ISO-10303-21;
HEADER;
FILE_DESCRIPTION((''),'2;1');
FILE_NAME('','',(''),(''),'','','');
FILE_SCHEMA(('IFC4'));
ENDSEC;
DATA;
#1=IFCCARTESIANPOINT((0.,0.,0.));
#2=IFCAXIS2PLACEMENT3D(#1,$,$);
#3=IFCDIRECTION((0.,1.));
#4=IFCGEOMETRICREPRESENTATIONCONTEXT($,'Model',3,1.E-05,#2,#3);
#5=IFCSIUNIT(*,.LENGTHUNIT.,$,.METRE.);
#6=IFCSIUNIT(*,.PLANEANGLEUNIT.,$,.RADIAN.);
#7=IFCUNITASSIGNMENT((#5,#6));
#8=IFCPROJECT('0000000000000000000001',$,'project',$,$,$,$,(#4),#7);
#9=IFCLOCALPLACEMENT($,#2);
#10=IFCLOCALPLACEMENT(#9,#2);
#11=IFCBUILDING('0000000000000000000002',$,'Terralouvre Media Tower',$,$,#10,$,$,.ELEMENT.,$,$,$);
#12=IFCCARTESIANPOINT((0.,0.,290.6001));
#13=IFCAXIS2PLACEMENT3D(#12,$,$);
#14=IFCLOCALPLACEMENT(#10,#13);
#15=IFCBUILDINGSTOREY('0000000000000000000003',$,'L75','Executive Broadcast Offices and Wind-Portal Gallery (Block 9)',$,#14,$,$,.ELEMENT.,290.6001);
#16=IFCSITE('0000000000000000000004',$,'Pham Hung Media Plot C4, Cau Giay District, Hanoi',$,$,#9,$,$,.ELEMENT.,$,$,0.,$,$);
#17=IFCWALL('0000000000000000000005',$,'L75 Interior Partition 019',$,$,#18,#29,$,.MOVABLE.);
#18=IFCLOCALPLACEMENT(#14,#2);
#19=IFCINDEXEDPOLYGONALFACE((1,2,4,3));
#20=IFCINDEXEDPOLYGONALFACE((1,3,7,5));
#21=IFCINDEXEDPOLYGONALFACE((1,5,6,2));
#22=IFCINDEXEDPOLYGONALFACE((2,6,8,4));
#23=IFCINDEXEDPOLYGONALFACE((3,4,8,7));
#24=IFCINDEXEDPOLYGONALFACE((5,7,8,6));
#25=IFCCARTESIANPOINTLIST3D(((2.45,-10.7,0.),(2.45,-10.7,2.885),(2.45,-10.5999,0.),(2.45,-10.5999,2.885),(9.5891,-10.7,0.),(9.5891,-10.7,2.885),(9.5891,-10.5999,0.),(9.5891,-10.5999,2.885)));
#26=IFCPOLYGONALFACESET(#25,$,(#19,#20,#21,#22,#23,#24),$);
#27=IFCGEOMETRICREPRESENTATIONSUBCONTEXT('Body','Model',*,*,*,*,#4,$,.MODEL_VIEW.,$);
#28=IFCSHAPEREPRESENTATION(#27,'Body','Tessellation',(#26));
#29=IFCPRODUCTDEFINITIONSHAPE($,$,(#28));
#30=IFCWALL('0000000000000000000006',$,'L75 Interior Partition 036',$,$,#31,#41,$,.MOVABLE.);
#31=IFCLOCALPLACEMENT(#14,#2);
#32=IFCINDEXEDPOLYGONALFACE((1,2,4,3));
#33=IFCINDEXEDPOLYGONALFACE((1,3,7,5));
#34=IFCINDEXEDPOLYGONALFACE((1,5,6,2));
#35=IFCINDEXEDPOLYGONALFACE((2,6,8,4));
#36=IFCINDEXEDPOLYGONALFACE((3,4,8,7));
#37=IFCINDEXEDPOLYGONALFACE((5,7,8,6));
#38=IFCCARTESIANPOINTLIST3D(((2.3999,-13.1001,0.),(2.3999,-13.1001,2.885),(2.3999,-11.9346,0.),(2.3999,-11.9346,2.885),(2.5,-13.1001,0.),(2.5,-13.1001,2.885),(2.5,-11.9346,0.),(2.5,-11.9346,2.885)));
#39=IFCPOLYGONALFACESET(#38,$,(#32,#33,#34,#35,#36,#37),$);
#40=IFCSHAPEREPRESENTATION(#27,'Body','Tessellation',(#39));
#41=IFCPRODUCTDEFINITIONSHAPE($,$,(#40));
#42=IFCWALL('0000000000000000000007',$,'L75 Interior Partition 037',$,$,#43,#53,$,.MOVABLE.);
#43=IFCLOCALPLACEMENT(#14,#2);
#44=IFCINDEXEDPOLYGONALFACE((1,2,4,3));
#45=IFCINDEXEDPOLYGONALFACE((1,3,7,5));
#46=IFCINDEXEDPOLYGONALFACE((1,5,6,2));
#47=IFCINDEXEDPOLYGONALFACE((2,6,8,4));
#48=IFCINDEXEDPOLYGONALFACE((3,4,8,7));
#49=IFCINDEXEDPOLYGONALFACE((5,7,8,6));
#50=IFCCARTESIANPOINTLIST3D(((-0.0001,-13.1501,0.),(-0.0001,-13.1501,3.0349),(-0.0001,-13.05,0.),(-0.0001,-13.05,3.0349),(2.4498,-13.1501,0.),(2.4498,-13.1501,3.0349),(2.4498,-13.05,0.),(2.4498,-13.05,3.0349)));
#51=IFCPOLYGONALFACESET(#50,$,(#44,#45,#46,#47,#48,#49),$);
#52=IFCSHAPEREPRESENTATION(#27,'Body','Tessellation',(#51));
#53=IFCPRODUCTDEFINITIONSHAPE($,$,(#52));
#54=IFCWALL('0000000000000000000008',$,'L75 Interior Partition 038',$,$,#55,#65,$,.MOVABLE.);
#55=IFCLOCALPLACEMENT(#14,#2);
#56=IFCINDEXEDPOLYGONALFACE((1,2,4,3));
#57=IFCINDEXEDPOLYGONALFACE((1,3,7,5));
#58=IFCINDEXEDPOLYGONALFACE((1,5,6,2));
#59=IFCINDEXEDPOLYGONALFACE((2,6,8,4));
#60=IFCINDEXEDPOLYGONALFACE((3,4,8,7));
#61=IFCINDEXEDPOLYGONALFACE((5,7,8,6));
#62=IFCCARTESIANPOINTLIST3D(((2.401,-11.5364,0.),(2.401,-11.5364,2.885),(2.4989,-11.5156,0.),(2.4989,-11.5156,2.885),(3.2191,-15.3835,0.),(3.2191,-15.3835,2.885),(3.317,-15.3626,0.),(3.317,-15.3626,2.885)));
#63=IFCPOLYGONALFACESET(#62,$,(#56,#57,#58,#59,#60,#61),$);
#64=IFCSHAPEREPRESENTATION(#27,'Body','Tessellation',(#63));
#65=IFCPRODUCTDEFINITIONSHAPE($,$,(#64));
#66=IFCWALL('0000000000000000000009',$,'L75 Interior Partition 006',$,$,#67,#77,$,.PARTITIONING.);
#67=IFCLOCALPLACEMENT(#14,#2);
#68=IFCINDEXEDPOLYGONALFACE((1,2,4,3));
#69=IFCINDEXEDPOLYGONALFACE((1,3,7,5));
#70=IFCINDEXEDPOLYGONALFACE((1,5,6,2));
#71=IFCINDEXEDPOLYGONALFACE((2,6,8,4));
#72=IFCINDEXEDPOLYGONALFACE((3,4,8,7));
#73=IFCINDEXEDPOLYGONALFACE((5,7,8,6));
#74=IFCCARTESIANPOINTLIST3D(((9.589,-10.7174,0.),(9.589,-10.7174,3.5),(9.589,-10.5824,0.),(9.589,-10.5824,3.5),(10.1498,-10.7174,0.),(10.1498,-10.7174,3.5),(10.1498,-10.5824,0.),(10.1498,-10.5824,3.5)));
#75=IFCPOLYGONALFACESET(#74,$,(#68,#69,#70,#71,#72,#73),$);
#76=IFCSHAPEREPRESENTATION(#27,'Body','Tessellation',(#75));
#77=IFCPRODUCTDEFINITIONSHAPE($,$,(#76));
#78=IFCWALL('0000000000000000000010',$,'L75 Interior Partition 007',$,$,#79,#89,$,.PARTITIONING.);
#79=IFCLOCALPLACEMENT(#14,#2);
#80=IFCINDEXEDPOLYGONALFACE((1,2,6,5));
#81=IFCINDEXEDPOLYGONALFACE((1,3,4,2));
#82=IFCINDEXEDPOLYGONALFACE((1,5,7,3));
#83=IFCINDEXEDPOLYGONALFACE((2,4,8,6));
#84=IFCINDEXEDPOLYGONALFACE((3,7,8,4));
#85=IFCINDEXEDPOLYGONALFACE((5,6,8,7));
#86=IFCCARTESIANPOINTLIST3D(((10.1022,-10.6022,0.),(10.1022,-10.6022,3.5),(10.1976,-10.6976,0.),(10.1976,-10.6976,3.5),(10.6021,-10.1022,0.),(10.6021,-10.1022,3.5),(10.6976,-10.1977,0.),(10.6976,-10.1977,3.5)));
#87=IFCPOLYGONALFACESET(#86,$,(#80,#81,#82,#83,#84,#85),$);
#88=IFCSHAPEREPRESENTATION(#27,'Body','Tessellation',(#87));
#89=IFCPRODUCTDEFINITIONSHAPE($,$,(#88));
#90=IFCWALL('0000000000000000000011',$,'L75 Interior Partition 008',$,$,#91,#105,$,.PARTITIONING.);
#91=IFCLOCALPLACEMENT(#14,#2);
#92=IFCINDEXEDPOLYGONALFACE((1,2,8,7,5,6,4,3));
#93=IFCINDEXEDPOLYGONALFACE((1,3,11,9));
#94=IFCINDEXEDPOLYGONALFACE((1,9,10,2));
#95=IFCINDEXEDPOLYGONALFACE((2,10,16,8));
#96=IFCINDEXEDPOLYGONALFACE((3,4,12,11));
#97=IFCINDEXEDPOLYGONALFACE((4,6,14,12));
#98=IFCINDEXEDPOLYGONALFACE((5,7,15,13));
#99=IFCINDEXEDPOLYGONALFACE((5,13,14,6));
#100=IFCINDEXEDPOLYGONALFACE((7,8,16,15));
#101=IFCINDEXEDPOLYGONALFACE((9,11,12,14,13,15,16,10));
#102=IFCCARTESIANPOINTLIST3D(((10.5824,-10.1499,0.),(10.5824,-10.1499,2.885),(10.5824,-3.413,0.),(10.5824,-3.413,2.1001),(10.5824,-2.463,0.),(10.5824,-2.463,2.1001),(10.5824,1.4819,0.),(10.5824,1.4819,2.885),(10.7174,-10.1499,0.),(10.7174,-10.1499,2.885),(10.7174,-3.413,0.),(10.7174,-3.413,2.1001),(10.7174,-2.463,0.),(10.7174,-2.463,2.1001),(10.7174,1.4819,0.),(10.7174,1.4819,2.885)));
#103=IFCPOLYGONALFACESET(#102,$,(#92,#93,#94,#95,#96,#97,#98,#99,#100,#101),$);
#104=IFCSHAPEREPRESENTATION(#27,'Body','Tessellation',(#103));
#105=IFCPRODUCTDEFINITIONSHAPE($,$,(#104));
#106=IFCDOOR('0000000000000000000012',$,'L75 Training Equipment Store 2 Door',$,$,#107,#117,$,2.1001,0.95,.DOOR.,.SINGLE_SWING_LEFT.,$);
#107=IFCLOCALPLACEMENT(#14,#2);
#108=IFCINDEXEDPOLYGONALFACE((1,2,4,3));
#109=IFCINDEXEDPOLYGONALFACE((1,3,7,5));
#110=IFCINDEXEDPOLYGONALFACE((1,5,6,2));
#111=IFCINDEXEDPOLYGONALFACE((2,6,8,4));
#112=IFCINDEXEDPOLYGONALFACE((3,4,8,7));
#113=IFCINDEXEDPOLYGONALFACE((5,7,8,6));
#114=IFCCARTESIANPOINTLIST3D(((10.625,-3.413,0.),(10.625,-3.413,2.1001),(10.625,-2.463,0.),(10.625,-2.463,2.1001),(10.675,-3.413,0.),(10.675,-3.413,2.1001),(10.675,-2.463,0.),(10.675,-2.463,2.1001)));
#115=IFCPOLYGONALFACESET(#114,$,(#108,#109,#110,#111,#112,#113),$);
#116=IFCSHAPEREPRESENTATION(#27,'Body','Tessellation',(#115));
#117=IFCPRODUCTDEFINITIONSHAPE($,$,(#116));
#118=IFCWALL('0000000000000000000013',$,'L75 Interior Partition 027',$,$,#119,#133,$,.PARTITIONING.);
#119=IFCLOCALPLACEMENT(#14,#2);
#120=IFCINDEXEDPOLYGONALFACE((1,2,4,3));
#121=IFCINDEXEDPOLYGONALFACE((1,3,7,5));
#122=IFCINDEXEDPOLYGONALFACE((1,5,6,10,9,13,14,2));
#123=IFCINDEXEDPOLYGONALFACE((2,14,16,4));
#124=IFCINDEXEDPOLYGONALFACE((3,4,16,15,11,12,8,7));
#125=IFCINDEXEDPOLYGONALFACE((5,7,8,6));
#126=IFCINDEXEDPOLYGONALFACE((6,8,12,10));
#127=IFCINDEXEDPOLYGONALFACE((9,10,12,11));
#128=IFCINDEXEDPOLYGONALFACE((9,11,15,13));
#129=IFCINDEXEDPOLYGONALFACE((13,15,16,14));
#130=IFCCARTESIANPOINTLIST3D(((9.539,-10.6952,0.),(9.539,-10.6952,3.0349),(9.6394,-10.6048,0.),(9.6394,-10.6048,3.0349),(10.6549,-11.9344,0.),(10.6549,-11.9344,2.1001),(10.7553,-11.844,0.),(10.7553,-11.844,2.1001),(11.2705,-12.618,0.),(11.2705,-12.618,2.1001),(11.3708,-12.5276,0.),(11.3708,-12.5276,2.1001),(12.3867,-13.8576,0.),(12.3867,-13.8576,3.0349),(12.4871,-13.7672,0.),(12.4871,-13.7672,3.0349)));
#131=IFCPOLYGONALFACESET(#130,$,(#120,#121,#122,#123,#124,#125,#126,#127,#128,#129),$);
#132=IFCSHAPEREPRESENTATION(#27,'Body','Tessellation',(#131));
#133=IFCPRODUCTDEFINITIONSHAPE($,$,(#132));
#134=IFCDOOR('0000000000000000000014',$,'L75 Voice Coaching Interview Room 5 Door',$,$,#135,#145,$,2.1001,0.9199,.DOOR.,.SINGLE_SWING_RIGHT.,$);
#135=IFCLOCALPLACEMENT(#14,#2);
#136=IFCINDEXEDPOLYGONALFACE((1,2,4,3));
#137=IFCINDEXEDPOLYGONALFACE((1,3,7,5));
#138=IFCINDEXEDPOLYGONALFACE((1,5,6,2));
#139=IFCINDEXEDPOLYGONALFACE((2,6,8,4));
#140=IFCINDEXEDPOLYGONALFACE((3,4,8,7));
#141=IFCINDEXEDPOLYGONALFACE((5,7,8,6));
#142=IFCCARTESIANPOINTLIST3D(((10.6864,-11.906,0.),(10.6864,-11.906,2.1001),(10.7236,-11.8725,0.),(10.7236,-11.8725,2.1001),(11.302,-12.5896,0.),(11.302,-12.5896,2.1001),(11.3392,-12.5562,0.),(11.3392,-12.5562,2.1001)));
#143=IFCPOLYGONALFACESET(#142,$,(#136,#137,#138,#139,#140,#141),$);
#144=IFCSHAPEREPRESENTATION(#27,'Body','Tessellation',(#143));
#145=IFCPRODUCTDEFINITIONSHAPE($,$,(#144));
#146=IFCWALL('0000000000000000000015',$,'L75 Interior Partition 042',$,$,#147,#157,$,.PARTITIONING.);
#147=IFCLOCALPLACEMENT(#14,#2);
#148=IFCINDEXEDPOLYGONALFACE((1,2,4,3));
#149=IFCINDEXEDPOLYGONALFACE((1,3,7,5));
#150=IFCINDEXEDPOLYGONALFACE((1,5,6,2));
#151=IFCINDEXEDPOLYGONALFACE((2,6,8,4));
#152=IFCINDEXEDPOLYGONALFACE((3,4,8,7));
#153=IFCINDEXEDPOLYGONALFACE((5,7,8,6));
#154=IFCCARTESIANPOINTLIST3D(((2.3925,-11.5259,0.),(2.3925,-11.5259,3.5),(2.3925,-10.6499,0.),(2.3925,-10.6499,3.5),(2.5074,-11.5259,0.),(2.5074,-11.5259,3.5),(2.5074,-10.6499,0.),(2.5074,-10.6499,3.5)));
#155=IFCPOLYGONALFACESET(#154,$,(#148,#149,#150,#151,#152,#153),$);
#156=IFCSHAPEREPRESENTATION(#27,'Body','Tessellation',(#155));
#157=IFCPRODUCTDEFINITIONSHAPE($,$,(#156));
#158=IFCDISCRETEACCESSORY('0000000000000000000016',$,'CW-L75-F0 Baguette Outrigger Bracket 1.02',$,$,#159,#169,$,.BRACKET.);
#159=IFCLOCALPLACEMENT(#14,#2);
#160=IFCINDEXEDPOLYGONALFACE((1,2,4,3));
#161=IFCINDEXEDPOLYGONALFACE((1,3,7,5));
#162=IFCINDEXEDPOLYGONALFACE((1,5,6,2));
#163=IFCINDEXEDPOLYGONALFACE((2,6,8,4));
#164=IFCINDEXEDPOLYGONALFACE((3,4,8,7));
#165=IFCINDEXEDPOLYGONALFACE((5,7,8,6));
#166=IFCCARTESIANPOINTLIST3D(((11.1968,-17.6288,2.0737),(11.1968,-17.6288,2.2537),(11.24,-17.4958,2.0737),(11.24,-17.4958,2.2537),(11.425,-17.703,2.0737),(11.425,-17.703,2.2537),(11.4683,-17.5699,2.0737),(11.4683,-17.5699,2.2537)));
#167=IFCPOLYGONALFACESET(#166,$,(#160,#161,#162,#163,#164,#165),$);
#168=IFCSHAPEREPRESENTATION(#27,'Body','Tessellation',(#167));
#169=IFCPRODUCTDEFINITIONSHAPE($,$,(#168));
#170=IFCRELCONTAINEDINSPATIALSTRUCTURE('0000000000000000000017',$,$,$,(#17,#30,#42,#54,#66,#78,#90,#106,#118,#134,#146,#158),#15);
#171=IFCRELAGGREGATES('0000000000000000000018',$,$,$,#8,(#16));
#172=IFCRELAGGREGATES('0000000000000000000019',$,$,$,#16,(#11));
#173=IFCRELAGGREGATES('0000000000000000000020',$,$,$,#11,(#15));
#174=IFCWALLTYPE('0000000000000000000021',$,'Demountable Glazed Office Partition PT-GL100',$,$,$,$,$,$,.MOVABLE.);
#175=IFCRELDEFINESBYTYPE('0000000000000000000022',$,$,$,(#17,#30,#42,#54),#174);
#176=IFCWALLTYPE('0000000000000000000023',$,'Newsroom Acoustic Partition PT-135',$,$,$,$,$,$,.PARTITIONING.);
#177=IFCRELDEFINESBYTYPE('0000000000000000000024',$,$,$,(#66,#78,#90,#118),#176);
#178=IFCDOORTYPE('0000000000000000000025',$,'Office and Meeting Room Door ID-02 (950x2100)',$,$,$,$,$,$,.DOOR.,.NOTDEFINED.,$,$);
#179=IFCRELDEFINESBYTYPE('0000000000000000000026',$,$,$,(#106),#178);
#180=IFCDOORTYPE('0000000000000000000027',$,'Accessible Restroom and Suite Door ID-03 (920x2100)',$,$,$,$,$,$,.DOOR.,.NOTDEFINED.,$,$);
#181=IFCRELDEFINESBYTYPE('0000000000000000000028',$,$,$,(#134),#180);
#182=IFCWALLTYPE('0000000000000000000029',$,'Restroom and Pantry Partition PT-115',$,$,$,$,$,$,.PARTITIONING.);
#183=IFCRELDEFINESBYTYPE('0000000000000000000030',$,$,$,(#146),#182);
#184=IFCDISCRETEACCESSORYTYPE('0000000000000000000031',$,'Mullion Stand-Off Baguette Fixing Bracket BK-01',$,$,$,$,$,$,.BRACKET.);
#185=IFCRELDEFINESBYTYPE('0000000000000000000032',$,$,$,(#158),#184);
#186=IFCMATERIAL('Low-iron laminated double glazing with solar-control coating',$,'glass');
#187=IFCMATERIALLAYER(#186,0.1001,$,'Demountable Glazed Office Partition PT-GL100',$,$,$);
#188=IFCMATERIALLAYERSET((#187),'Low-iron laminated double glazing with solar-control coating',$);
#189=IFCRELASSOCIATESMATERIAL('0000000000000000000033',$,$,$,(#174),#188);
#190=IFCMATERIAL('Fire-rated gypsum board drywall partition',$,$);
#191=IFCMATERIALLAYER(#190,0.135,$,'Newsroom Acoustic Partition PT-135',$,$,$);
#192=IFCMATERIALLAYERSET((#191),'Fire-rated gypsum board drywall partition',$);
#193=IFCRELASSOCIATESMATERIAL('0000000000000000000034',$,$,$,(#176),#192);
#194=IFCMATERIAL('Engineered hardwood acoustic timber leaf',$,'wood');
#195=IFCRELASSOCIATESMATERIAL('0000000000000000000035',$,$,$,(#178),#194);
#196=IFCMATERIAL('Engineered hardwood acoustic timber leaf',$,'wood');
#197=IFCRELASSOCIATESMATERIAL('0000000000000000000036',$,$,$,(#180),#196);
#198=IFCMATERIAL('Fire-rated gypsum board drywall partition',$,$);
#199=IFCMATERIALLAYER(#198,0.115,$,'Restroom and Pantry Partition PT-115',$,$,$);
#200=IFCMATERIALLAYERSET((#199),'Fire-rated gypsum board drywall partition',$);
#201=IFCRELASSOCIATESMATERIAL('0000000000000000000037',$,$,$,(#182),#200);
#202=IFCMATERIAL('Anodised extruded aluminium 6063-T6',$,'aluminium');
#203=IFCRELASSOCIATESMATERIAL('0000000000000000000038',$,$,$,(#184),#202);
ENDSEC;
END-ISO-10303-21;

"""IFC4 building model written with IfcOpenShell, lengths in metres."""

from ifc_helpers import new_model, si_unit, direction, frame, frame_2d, origin, origin_2d, place, context, subcontext, project, spatial, rectangle, extrude, material, layer, layer_set, type_object, element, fill, save


model = new_model("IFC4")

# Units and contexts
model_context = context("Model", 3, precision=1e-05, world=origin(), true_north=direction((0.0, 1.0)))
body_context = subcontext(model_context, "Body", "Model", "MODEL_VIEW")
ifc_project = project(units=[si_unit("LENGTHUNIT", "METRE"), si_unit("PLANEANGLEUNIT", "RADIAN")], contexts=[model_context])

# Site, building, storey
site_placement = place(None, origin())
site = spatial("IfcSite", under=ifc_project, at=site_placement, Name="Pham Hung Media Plot C4, Cau Giay District, Hanoi", CompositionType="ELEMENT", RefElevation=0.0)
building_placement = place(site_placement, origin())
building = spatial("IfcBuilding", under=site, at=building_placement, Name="Terralouvre Media Tower", CompositionType="ELEMENT")
storey_placement = place(building_placement, frame((0.0, 0.0, 290.6001)))
storey = spatial("IfcBuildingStorey", under=building, at=storey_placement, Name="L75", Description="Executive Broadcast Offices and Wind-Portal Gallery (Block 9)", CompositionType="ELEMENT", Elevation=290.6001)

# Walls
ifc_material_1 = material(Name="Low-iron laminated double glazing with solar-control coating", Category="glass")
ifc_layer_1 = layer(ifc_material_1, 0.1001, Name="Demountable Glazed Office Partition PT-GL100")
ifc_layer_set_1 = layer_set([ifc_layer_1], Name="Low-iron laminated double glazing with solar-control coating")
wall_type_1 = type_object("IfcWallType", Name="Demountable Glazed Office Partition PT-GL100", PredefinedType="MOVABLE", material=ifc_layer_set_1)
wall_1_placement = place(storey_placement, frame((2.45, -10.6499, 0.0), z_axis=(0.0, 0.0, 1.0), x_axis=(1.0, 0.0, 0.0)))
element("IfcWall", 1, at=wall_1_placement, inside=storey, type_object=wall_type_1, Name="L75 Interior Partition 019", PredefinedType="MOVABLE", context=body_context, shape_type="SweptSolid", body=[
    extrude(rectangle(XDim=7.1392, YDim=0.1001, at=frame_2d((3.5696, 0.0))), origin(), (0.0, 0.0, 1.0), 2.885),
])
wall_2_placement = place(storey_placement, frame((2.45, -11.9346, 0.0), z_axis=(0.0, 0.0, 1.0), x_axis=(0.0, -1.0, 0.0)))
element("IfcWall", 2, at=wall_2_placement, inside=storey, type_object=wall_type_1, Name="L75 Interior Partition 036", PredefinedType="MOVABLE", context=body_context, shape_type="SweptSolid", body=[
    extrude(rectangle(XDim=1.1655, YDim=0.1001, at=frame_2d((0.5828, 0.0))), origin(), (0.0, 0.0, 1.0), 2.885),
])
wall_3_placement = place(storey_placement, frame((2.45, -13.1001, 0.0), z_axis=(0.0, 0.0, 1.0), x_axis=(-1.0, 0.0, 0.0)))
element("IfcWall", 3, at=wall_3_placement, inside=storey, type_object=wall_type_1, Name="L75 Interior Partition 037", PredefinedType="MOVABLE", context=body_context, shape_type="SweptSolid", body=[
    extrude(rectangle(XDim=2.45, YDim=0.1001, at=frame_2d((1.2251, 0.0))), origin(), (0.0, 0.0, 1.0), 3.0349),
])
wall_4_placement = place(storey_placement, frame((3.2681, -15.373, 0.0), z_axis=(0.0, 0.0, 1.0), x_axis=(-0.208003, 0.978128, 0.0)))
element("IfcWall", 4, at=wall_4_placement, inside=storey, type_object=wall_type_1, Name="L75 Interior Partition 038", PredefinedType="MOVABLE", context=body_context, shape_type="SweptSolid", body=[
    extrude(rectangle(XDim=3.9331, YDim=0.1001, at=frame_2d((1.9666, 0.0))), origin(), (0.0, 0.0, 1.0), 2.885),
])
ifc_material_2 = material(Name="Fire-rated gypsum board drywall partition")
ifc_layer_2 = layer(ifc_material_2, 0.135, Name="Newsroom Acoustic Partition PT-135")
ifc_layer_set_2 = layer_set([ifc_layer_2], Name="Fire-rated gypsum board drywall partition")
wall_type_2 = type_object("IfcWallType", Name="Newsroom Acoustic Partition PT-135", PredefinedType="PARTITIONING", material=ifc_layer_set_2)
wall_5_placement = place(storey_placement, frame((9.5891, -10.6499, 0.0), z_axis=(0.0, 0.0, 1.0), x_axis=(1.0, 0.0, 0.0)))
element("IfcWall", 5, at=wall_5_placement, inside=storey, type_object=wall_type_2, Name="L75 Interior Partition 006", PredefinedType="PARTITIONING", context=body_context, shape_type="SweptSolid", body=[
    extrude(rectangle(XDim=0.5608, YDim=0.135, at=frame_2d((0.2803, 0.0))), origin(), (0.0, 0.0, 1.0), 3.5),
])
wall_6_placement = place(storey_placement, frame((10.1499, -10.6499, 0.0), z_axis=(0.0, 0.0, 1.0), x_axis=(0.707107, 0.707107, 0.0)))
element("IfcWall", 6, at=wall_6_placement, inside=storey, type_object=wall_type_2, Name="L75 Interior Partition 007", PredefinedType="PARTITIONING", context=body_context, shape_type="SweptSolid", body=[
    extrude(rectangle(XDim=0.707, YDim=0.135, at=frame_2d((0.3535, 0.0))), origin(), (0.0, 0.0, 1.0), 3.5),
])

# Walls, openings, doors
wall_7_placement = place(storey_placement, frame((10.6499, -10.1499, 0.0), z_axis=(0.0, 0.0, 1.0), x_axis=(0.0, 1.0, 0.0)))
wall_7 = element("IfcWall", 7, at=wall_7_placement, inside=storey, type_object=wall_type_2, Name="L75 Interior Partition 008", PredefinedType="PARTITIONING", context=body_context, shape_type="SweptSolid", body=[
    extrude(rectangle(XDim=11.6318, YDim=0.135, at=frame_2d((5.8159, 0.0))), origin(), (0.0, 0.0, 1.0), 2.885),
])
opening_1_placement = place(wall_7_placement, frame((6.7368, 0.0, 0.0)))
opening_1 = element("IfcOpeningElement", 8, at=opening_1_placement, cuts=wall_7, PredefinedType="OPENING", context=body_context, shape_type="SweptSolid", body=[
    extrude(rectangle(XDim=0.95, YDim=2.1001, at=frame_2d((0.4751, 1.05))), frame((0.0, 0.0774, 0.0), z_axis=(0.0, -1.0, 0.0), x_axis=(1.0, 0.0, 0.0)), (0.0, 0.0, 1.0), 0.155),
])
ifc_material_3 = material(Name="Engineered hardwood acoustic timber leaf", Category="wood")
door_type_1 = type_object("IfcDoorType", Name="Office and Meeting Room Door ID-02 (950x2100)", OperationType="NOTDEFINED", PredefinedType="DOOR", material=ifc_material_3)
door_1_placement = place(opening_1_placement, origin())
door_1 = element("IfcDoor", 9, at=door_1_placement, inside=storey, type_object=door_type_1, Name="L75 Training Equipment Store 2 Door", OperationType="SINGLE_SWING_LEFT", OverallHeight=2.1001, OverallWidth=0.95, PredefinedType="DOOR", context=body_context, shape_type="SweptSolid", body=[
    extrude(rectangle(XDim=0.95, YDim=2.1001, at=frame_2d((0.4751, 1.05))), frame((0.0, 0.0249, 0.0), z_axis=(0.0, -1.0, 0.0), x_axis=(1.0, 0.0, 0.0)), (0.0, 0.0, 1.0), 0.05),
])
fill(opening_1, door_1)
wall_8_placement = place(storey_placement, frame((9.5891, -10.6499, 0.0), z_axis=(0.0, 0.0, 1.0), x_axis=(0.669164, -0.743114, 0.0)))
wall_8 = element("IfcWall", 10, at=wall_8_placement, inside=storey, type_object=wall_type_2, Name="L75 Interior Partition 027", PredefinedType="PARTITIONING", context=body_context, shape_type="SweptSolid", body=[
    extrude(rectangle(XDim=4.2556, YDim=0.135, at=frame_2d((2.1279, 0.0))), origin(), (0.0, 0.0, 1.0), 3.0349),
])
opening_2_placement = place(wall_8_placement, frame((1.6677, 0.0, 0.0)))
opening_2 = element("IfcOpeningElement", 11, at=opening_2_placement, cuts=wall_8, PredefinedType="OPENING", context=body_context, shape_type="SweptSolid", body=[
    extrude(rectangle(XDim=0.9199, YDim=2.1001, at=frame_2d((0.46, 1.05))), frame((0.0, 0.0774, 0.0), z_axis=(0.0, -1.0, 0.0), x_axis=(1.0, 0.0, 0.0)), (0.0, 0.0, 1.0), 0.155),
])
ifc_material_4 = material(Name="Engineered hardwood acoustic timber leaf", Category="wood")
door_type_2 = type_object("IfcDoorType", Name="Accessible Restroom and Suite Door ID-03 (920x2100)", OperationType="NOTDEFINED", PredefinedType="DOOR", material=ifc_material_4)
door_2_placement = place(opening_2_placement, origin())
door_2 = element("IfcDoor", 12, at=door_2_placement, inside=storey, type_object=door_type_2, Name="L75 Voice Coaching Interview Room 5 Door", OperationType="SINGLE_SWING_RIGHT", OverallHeight=2.1001, OverallWidth=0.9199, PredefinedType="DOOR", context=body_context, shape_type="SweptSolid", body=[
    extrude(rectangle(XDim=0.9199, YDim=2.1001, at=frame_2d((0.46, 1.05))), frame((0.0, 0.0249, 0.0), z_axis=(0.0, -1.0, 0.0), x_axis=(1.0, 0.0, 0.0)), (0.0, 0.0, 1.0), 0.05),
])
fill(opening_2, door_2)

# Wall
ifc_material_5 = material(Name="Fire-rated gypsum board drywall partition")
ifc_layer_3 = layer(ifc_material_5, 0.115, Name="Restroom and Pantry Partition PT-115")
ifc_layer_set_3 = layer_set([ifc_layer_3], Name="Fire-rated gypsum board drywall partition")
wall_type_3 = type_object("IfcWallType", Name="Restroom and Pantry Partition PT-115", PredefinedType="PARTITIONING", material=ifc_layer_set_3)
wall_9_placement = place(storey_placement, frame((2.45, -11.5259, 0.0), z_axis=(0.0, 0.0, 1.0), x_axis=(0.0, 1.0, 0.0)))
element("IfcWall", 13, at=wall_9_placement, inside=storey, type_object=wall_type_3, Name="L75 Interior Partition 042", PredefinedType="PARTITIONING", context=body_context, shape_type="SweptSolid", body=[
    extrude(rectangle(XDim=0.876, YDim=0.115, at=frame_2d((0.438, 0.0))), origin(), (0.0, 0.0, 1.0), 3.5),
])

# Discrete accessory
ifc_material_6 = material(Name="Anodised extruded aluminium 6063-T6", Category="aluminium")
discrete_accessory_type = type_object("IfcDiscreteAccessoryType", Name="Mullion Stand-Off Baguette Fixing Bracket BK-01", PredefinedType="BRACKET", material=ifc_material_6)
discrete_accessory_placement = place(storey_placement, frame((11.3325, -17.5994, 2.0737), z_axis=(0.0, 0.0, 1.0), x_axis=(0.309017, 0.951057, 0.0)))
element("IfcDiscreteAccessory", 14, at=discrete_accessory_placement, inside=storey, type_object=discrete_accessory_type, Name="CW-L75-F0 Baguette Outrigger Bracket 1.02", PredefinedType="BRACKET", context=body_context, shape_type="SweptSolid", body=[
    extrude(rectangle(XDim=0.1399, YDim=0.24, at=origin_2d()), origin(), (0.0, 0.0, 1.0), 0.1799),
])

save(model, "model.ifc")
